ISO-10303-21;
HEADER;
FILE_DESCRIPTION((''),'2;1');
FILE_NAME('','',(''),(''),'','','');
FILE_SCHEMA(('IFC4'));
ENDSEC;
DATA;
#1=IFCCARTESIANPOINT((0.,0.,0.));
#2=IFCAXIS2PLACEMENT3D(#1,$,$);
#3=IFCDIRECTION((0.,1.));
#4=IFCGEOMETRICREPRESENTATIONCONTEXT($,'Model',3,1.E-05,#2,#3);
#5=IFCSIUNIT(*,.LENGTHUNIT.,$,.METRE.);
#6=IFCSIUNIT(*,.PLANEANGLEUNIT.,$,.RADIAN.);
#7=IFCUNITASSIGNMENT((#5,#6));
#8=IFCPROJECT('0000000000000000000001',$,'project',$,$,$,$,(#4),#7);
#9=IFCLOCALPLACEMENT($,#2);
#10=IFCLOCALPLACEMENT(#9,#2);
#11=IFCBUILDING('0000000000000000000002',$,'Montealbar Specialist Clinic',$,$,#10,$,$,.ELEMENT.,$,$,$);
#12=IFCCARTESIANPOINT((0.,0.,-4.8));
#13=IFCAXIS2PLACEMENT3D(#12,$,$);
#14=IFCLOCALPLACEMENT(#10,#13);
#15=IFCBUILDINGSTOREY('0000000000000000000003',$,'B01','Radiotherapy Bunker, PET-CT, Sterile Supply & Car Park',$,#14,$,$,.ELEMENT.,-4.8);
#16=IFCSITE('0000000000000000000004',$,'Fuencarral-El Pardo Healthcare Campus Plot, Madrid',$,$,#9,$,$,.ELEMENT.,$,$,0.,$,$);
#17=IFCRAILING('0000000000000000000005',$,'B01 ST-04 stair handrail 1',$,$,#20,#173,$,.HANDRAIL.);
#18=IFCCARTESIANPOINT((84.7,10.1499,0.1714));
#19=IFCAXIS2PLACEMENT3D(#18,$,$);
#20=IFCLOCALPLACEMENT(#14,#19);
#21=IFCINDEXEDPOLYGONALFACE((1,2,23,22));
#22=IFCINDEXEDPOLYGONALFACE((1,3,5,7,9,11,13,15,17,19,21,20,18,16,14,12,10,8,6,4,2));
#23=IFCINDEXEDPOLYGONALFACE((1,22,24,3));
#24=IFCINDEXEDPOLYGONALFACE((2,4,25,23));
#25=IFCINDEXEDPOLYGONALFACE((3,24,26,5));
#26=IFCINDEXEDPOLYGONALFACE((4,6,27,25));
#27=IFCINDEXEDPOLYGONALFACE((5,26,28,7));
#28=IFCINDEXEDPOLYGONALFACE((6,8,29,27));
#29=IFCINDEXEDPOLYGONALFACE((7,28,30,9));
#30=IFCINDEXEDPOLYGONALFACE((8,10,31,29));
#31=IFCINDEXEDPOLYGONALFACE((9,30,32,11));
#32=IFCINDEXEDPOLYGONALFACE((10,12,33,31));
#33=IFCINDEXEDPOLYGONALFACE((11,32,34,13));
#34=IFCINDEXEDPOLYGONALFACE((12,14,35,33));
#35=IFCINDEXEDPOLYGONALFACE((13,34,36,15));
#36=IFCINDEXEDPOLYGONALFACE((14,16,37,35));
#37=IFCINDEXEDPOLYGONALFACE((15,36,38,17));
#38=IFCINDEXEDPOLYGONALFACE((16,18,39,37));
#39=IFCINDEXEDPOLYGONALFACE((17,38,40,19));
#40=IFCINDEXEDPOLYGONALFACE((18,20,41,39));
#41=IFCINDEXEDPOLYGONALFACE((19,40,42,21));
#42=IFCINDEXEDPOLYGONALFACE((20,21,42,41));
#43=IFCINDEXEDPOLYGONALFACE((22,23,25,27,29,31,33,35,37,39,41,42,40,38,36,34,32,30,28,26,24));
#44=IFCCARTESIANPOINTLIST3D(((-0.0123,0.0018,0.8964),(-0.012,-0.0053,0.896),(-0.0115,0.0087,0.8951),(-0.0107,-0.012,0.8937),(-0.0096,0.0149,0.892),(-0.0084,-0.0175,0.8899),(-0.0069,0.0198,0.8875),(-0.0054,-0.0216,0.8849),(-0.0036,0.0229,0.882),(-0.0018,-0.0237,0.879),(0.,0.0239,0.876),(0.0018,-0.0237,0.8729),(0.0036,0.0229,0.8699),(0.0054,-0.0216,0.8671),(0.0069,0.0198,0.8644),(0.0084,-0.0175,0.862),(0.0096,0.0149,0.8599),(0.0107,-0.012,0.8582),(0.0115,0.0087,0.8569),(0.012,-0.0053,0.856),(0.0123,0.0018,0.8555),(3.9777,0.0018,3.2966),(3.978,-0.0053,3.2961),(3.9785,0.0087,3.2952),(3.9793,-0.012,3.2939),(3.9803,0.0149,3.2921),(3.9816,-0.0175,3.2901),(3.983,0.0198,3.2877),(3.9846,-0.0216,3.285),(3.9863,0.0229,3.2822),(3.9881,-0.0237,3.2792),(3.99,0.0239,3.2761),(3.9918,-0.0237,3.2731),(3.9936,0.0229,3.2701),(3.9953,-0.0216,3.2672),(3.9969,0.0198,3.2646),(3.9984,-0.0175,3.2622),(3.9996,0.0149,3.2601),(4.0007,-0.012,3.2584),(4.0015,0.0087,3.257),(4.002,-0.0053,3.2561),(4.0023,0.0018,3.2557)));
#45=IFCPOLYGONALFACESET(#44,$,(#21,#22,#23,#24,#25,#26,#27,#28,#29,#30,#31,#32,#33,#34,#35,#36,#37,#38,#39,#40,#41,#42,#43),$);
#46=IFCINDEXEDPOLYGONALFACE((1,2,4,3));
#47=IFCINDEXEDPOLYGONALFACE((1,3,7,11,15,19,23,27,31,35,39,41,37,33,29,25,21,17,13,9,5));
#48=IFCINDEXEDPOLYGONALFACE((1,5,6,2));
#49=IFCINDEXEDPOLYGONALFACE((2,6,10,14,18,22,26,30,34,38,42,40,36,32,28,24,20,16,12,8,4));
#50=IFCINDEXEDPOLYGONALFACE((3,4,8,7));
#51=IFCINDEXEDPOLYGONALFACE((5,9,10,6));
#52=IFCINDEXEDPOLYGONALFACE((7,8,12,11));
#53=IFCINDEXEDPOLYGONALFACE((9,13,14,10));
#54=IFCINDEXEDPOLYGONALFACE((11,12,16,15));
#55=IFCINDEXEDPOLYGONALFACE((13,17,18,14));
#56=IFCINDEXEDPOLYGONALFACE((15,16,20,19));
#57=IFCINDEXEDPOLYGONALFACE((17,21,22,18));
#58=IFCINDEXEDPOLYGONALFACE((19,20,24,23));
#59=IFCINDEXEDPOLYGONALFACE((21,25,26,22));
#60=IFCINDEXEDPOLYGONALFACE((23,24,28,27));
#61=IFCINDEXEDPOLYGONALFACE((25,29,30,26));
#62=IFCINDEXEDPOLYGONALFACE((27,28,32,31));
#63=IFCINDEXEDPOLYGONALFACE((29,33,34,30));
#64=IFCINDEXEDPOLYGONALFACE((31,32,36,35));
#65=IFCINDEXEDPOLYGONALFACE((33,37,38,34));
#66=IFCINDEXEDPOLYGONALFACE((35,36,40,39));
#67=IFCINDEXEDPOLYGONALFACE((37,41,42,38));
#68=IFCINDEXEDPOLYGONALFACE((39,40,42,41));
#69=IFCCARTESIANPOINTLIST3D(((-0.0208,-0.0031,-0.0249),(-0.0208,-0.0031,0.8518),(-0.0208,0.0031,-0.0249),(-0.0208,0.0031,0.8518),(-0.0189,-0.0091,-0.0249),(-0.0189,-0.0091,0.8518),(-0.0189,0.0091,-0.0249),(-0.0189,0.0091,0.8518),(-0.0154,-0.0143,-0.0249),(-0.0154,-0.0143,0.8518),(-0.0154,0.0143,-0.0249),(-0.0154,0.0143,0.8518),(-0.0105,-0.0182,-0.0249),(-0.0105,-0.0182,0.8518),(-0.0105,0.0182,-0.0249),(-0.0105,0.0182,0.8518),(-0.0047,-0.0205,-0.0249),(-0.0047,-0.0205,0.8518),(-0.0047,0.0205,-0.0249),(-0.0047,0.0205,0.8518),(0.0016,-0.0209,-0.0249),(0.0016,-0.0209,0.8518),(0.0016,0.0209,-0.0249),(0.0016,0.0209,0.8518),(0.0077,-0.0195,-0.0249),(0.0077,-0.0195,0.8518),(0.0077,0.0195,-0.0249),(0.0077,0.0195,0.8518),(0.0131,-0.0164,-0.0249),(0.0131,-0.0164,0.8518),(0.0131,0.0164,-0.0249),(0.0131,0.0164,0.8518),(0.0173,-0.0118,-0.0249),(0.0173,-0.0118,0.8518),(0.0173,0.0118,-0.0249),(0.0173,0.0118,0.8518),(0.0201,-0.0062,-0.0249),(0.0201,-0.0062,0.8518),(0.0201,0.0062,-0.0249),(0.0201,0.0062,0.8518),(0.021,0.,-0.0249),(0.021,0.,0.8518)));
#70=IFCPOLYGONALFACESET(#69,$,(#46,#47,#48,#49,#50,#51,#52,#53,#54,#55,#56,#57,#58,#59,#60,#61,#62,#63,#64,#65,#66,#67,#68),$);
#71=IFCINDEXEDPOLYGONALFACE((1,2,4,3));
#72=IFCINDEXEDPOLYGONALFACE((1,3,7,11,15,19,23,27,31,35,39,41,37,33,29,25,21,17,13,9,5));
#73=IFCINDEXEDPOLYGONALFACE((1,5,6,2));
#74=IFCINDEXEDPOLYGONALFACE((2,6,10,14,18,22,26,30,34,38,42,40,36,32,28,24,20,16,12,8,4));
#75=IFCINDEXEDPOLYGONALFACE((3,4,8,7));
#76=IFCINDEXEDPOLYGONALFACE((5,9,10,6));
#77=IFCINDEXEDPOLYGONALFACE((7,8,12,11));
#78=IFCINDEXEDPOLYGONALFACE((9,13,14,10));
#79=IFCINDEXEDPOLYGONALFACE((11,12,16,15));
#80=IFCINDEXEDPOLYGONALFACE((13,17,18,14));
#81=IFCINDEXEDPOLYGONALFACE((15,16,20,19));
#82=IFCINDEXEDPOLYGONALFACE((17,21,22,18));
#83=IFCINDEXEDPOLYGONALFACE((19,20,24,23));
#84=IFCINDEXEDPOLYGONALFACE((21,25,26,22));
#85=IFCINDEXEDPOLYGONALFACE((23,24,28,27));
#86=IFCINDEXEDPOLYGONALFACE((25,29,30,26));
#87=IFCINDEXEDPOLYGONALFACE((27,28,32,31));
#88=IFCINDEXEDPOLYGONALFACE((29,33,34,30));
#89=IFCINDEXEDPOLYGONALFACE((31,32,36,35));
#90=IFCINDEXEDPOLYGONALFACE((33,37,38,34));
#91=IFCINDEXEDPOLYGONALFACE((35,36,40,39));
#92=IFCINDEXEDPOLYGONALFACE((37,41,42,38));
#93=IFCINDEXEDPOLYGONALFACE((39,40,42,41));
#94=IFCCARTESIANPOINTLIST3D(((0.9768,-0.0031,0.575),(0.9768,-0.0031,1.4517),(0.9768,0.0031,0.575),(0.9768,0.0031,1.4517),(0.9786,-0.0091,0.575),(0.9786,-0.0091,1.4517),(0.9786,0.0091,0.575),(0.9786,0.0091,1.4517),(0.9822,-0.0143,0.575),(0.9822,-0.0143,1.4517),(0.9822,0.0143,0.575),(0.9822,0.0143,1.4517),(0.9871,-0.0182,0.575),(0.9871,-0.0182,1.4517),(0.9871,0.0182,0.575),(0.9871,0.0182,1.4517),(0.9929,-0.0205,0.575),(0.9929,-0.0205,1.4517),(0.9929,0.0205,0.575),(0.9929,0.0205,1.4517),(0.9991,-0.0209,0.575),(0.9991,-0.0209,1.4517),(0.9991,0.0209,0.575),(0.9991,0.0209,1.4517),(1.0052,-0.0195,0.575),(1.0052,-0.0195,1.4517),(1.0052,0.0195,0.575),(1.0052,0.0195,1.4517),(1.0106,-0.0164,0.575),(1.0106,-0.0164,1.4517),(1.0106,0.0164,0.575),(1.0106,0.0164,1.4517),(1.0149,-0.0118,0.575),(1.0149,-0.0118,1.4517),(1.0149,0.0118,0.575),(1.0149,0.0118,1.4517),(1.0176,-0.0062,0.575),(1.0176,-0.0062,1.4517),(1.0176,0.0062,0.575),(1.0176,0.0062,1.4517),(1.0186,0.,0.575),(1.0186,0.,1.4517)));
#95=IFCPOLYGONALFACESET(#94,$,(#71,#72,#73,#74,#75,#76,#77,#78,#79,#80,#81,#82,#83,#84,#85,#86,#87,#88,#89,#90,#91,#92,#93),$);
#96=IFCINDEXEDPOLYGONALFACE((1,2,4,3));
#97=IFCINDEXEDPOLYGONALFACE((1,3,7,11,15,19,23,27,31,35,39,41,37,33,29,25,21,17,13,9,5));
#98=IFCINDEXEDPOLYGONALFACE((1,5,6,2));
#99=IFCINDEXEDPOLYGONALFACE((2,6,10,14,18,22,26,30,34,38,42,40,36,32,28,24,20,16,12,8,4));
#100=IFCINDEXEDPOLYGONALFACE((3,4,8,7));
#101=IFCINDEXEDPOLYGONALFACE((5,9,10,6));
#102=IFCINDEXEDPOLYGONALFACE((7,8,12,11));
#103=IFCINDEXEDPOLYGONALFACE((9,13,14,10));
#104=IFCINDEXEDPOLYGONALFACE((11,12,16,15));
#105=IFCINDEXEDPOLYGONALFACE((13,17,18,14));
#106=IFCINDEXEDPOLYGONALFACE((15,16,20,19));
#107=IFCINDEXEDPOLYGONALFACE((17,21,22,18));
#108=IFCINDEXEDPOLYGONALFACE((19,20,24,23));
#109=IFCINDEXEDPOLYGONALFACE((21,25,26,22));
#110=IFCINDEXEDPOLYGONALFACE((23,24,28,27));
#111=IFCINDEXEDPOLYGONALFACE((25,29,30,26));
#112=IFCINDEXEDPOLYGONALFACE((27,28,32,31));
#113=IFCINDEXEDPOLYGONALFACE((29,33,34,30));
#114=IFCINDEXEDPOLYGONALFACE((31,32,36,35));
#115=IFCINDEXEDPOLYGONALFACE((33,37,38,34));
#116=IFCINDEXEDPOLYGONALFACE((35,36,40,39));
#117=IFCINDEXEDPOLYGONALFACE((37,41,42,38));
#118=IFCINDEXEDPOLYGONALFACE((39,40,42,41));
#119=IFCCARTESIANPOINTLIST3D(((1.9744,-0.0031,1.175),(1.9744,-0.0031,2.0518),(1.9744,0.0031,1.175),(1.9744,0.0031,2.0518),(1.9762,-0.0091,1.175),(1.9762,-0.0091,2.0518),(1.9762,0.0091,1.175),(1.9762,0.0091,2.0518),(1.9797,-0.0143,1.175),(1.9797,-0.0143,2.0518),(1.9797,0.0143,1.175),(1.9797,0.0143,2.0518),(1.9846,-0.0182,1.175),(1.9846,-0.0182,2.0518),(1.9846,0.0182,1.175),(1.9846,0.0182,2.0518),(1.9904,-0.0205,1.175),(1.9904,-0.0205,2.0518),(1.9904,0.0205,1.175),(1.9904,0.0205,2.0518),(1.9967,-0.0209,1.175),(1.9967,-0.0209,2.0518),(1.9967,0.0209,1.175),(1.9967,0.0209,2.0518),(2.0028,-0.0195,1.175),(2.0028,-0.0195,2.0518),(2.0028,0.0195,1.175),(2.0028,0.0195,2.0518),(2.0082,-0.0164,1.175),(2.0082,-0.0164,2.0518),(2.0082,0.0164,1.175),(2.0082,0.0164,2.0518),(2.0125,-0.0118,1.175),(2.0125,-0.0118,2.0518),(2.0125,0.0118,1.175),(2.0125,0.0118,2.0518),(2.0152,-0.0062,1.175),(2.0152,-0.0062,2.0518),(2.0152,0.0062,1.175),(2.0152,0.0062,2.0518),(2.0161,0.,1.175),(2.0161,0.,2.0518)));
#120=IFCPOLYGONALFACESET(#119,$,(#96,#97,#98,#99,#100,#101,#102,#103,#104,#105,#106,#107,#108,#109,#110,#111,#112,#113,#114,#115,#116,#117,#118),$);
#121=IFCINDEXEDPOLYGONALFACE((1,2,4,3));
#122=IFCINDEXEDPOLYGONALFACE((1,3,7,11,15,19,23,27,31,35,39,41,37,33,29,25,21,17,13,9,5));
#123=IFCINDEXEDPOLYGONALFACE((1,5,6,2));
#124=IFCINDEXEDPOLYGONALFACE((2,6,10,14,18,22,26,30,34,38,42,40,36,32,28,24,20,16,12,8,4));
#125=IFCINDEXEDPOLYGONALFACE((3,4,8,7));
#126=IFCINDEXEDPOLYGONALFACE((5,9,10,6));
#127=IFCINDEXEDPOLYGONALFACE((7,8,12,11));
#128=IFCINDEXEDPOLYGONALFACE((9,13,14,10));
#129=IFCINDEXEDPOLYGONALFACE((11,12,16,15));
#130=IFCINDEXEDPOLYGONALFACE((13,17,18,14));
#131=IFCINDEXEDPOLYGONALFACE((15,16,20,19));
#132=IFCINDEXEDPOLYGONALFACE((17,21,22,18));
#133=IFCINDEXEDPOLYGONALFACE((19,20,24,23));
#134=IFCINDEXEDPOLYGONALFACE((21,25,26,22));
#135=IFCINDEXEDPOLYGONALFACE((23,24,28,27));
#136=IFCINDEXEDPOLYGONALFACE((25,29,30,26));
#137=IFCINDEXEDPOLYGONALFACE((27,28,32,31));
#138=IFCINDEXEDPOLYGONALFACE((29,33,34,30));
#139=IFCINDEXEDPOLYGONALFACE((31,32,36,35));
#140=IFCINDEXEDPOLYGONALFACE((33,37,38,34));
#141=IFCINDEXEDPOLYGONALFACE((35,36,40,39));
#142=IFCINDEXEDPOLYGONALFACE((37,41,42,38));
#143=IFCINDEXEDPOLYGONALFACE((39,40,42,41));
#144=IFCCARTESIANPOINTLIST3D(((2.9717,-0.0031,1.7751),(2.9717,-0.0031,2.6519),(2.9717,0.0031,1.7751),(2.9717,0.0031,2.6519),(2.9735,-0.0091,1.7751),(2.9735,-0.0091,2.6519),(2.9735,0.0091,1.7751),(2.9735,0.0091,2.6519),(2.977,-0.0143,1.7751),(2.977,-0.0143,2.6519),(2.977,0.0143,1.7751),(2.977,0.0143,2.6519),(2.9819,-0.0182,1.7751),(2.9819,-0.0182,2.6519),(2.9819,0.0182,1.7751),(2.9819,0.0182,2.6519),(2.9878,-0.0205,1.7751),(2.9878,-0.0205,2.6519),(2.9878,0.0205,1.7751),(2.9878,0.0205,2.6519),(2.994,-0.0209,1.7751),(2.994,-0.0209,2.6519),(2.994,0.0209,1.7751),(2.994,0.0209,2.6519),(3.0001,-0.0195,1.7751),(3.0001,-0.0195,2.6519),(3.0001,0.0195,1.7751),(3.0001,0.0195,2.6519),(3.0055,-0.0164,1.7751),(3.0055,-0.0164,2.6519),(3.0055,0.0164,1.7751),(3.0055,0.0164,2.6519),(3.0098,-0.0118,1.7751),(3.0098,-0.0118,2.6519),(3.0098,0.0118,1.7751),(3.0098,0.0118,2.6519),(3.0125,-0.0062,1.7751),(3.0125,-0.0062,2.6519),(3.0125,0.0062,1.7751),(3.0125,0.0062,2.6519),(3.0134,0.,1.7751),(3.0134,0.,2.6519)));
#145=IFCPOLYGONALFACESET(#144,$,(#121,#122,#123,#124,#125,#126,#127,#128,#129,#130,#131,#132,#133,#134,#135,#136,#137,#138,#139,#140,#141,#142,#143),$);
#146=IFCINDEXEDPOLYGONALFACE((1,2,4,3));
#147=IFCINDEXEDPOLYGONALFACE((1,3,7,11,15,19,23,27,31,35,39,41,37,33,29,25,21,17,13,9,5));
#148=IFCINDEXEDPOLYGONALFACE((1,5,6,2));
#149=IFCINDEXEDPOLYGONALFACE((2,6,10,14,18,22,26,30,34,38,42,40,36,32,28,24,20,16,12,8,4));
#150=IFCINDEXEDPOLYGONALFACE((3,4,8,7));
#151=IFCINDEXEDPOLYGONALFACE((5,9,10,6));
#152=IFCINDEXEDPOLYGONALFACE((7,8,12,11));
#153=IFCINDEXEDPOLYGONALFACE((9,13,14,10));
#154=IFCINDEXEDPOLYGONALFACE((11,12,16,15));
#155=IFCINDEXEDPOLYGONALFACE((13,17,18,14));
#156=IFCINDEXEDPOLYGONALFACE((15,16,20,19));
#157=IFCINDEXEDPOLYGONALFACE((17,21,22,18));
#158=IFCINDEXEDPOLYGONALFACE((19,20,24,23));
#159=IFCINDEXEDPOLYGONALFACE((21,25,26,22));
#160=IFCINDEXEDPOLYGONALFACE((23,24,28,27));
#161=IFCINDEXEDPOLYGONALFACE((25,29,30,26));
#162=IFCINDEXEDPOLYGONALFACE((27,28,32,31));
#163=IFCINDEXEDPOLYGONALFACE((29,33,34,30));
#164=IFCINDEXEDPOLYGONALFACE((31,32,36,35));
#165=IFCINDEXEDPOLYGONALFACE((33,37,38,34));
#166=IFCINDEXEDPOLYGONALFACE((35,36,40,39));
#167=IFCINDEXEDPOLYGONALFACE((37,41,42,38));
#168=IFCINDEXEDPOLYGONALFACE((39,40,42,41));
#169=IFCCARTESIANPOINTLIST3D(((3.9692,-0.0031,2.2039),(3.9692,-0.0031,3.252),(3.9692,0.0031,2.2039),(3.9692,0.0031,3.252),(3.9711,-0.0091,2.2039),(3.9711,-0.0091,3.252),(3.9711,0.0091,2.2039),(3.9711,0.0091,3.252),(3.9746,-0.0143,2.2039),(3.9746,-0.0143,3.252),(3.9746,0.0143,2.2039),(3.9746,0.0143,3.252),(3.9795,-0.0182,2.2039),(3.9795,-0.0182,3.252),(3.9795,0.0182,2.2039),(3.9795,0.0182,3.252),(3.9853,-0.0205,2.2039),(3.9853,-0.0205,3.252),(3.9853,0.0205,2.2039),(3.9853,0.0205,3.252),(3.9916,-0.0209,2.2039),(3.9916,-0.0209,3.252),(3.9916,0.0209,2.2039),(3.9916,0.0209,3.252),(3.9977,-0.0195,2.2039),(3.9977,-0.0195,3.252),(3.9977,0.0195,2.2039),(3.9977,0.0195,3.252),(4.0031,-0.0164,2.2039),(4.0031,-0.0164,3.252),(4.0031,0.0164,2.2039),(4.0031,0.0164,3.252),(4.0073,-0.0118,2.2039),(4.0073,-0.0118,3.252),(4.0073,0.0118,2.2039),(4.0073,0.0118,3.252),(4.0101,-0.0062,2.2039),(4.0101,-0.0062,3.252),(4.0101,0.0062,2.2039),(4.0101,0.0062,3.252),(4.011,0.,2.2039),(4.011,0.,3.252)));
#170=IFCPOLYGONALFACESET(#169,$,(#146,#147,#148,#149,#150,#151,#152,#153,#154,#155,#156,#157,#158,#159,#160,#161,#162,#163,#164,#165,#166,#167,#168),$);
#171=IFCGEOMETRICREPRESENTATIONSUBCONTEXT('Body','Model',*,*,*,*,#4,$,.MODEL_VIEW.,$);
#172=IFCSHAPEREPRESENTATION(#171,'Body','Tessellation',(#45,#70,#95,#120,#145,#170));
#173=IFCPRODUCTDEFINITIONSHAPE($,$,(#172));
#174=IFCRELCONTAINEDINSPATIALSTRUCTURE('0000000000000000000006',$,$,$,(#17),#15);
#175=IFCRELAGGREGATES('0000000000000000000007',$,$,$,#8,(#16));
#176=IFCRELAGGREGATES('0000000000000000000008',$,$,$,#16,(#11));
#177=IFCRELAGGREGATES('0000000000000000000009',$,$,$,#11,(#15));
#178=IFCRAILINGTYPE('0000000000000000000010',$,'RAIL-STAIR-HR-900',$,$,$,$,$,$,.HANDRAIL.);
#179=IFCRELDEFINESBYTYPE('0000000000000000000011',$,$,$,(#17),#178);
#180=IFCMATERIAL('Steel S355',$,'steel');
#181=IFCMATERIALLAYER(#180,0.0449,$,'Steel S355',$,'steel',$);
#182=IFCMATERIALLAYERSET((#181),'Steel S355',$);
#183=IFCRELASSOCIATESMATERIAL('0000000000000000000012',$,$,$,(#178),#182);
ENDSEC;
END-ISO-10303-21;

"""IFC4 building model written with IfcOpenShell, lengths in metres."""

from ifc_helpers import new_model, si_unit, direction, frame, origin, origin_2d, place, context, subcontext, project, spatial, circle, extrude, material, layer, layer_set, type_object, element, save


model = new_model("IFC4")

# Units and contexts
model_context = context("Model", 3, precision=1e-05, world=origin(), true_north=direction((0.0, 1.0)))
body_context = subcontext(model_context, "Body", "Model", "MODEL_VIEW")
ifc_project = project(units=[si_unit("LENGTHUNIT", "METRE"), si_unit("PLANEANGLEUNIT", "RADIAN")], contexts=[model_context])

# Site, building, storey
site_placement = place(None, origin())
site = spatial("IfcSite", under=ifc_project, at=site_placement, Name="Fuencarral-El Pardo Healthcare Campus Plot, Madrid", CompositionType="ELEMENT", RefElevation=0.0)
building_placement = place(site_placement, origin())
building = spatial("IfcBuilding", under=site, at=building_placement, Name="Montealbar Specialist Clinic", CompositionType="ELEMENT")
storey_placement = place(building_placement, frame((0.0, 0.0, -4.8)))
storey = spatial("IfcBuildingStorey", under=building, at=storey_placement, Name="B01", Description="Radiotherapy Bunker, PET-CT, Sterile Supply & Car Park", CompositionType="ELEMENT", Elevation=-4.8)

# Shared definitions
ifc_material_1 = material(Name="Steel S355", Category="steel")

# Railing
ifc_layer_1 = layer(ifc_material_1, 0.0449, Name="Steel S355", Category="steel")
ifc_layer_set_1 = layer_set([ifc_layer_1], Name="Steel S355")
railing_type_1 = type_object("IfcRailingType", Name="RAIL-STAIR-HR-900", PredefinedType="HANDRAIL", material=ifc_layer_set_1)
railing_1_placement = place(storey_placement, frame((84.7, 10.1499, 0.1714)))
element("IfcRailing", 1, at=railing_1_placement, inside=storey, type_object=railing_type_1, Name="B01 ST-04 stair handrail 1", PredefinedType="HANDRAIL", context=body_context, shape_type="SweptSolid", body=[
    extrude(circle(Radius=0.0239, at=origin_2d()), frame((0.0, 0.0, 0.876), z_axis=(0.856909, 0.0, 0.515467), x_axis=(0.0, 1.0, 0.0)), (0.0, 0.0, 1.0), 4.6562),
    extrude(circle(Radius=0.021, at=origin_2d()), frame((0.0, 0.0, -0.0249)), (0.0, 0.0, 1.0), 0.8767),
    extrude(circle(Radius=0.021, at=origin_2d()), frame((0.9976, 0.0, 0.575)), (0.0, 0.0, 1.0), 0.8767),
    extrude(circle(Radius=0.021, at=origin_2d()), frame((1.9951, 0.0, 1.175)), (0.0, 0.0, 1.0), 0.8767),
    extrude(circle(Radius=0.021, at=origin_2d()), frame((2.9924, 0.0, 1.7751)), (0.0, 0.0, 1.0), 0.8767),
    extrude(circle(Radius=0.021, at=origin_2d()), frame((3.99, 0.0, 2.2039)), (0.0, 0.0, 1.0), 1.0481),
])

save(model, "model.ifc")
